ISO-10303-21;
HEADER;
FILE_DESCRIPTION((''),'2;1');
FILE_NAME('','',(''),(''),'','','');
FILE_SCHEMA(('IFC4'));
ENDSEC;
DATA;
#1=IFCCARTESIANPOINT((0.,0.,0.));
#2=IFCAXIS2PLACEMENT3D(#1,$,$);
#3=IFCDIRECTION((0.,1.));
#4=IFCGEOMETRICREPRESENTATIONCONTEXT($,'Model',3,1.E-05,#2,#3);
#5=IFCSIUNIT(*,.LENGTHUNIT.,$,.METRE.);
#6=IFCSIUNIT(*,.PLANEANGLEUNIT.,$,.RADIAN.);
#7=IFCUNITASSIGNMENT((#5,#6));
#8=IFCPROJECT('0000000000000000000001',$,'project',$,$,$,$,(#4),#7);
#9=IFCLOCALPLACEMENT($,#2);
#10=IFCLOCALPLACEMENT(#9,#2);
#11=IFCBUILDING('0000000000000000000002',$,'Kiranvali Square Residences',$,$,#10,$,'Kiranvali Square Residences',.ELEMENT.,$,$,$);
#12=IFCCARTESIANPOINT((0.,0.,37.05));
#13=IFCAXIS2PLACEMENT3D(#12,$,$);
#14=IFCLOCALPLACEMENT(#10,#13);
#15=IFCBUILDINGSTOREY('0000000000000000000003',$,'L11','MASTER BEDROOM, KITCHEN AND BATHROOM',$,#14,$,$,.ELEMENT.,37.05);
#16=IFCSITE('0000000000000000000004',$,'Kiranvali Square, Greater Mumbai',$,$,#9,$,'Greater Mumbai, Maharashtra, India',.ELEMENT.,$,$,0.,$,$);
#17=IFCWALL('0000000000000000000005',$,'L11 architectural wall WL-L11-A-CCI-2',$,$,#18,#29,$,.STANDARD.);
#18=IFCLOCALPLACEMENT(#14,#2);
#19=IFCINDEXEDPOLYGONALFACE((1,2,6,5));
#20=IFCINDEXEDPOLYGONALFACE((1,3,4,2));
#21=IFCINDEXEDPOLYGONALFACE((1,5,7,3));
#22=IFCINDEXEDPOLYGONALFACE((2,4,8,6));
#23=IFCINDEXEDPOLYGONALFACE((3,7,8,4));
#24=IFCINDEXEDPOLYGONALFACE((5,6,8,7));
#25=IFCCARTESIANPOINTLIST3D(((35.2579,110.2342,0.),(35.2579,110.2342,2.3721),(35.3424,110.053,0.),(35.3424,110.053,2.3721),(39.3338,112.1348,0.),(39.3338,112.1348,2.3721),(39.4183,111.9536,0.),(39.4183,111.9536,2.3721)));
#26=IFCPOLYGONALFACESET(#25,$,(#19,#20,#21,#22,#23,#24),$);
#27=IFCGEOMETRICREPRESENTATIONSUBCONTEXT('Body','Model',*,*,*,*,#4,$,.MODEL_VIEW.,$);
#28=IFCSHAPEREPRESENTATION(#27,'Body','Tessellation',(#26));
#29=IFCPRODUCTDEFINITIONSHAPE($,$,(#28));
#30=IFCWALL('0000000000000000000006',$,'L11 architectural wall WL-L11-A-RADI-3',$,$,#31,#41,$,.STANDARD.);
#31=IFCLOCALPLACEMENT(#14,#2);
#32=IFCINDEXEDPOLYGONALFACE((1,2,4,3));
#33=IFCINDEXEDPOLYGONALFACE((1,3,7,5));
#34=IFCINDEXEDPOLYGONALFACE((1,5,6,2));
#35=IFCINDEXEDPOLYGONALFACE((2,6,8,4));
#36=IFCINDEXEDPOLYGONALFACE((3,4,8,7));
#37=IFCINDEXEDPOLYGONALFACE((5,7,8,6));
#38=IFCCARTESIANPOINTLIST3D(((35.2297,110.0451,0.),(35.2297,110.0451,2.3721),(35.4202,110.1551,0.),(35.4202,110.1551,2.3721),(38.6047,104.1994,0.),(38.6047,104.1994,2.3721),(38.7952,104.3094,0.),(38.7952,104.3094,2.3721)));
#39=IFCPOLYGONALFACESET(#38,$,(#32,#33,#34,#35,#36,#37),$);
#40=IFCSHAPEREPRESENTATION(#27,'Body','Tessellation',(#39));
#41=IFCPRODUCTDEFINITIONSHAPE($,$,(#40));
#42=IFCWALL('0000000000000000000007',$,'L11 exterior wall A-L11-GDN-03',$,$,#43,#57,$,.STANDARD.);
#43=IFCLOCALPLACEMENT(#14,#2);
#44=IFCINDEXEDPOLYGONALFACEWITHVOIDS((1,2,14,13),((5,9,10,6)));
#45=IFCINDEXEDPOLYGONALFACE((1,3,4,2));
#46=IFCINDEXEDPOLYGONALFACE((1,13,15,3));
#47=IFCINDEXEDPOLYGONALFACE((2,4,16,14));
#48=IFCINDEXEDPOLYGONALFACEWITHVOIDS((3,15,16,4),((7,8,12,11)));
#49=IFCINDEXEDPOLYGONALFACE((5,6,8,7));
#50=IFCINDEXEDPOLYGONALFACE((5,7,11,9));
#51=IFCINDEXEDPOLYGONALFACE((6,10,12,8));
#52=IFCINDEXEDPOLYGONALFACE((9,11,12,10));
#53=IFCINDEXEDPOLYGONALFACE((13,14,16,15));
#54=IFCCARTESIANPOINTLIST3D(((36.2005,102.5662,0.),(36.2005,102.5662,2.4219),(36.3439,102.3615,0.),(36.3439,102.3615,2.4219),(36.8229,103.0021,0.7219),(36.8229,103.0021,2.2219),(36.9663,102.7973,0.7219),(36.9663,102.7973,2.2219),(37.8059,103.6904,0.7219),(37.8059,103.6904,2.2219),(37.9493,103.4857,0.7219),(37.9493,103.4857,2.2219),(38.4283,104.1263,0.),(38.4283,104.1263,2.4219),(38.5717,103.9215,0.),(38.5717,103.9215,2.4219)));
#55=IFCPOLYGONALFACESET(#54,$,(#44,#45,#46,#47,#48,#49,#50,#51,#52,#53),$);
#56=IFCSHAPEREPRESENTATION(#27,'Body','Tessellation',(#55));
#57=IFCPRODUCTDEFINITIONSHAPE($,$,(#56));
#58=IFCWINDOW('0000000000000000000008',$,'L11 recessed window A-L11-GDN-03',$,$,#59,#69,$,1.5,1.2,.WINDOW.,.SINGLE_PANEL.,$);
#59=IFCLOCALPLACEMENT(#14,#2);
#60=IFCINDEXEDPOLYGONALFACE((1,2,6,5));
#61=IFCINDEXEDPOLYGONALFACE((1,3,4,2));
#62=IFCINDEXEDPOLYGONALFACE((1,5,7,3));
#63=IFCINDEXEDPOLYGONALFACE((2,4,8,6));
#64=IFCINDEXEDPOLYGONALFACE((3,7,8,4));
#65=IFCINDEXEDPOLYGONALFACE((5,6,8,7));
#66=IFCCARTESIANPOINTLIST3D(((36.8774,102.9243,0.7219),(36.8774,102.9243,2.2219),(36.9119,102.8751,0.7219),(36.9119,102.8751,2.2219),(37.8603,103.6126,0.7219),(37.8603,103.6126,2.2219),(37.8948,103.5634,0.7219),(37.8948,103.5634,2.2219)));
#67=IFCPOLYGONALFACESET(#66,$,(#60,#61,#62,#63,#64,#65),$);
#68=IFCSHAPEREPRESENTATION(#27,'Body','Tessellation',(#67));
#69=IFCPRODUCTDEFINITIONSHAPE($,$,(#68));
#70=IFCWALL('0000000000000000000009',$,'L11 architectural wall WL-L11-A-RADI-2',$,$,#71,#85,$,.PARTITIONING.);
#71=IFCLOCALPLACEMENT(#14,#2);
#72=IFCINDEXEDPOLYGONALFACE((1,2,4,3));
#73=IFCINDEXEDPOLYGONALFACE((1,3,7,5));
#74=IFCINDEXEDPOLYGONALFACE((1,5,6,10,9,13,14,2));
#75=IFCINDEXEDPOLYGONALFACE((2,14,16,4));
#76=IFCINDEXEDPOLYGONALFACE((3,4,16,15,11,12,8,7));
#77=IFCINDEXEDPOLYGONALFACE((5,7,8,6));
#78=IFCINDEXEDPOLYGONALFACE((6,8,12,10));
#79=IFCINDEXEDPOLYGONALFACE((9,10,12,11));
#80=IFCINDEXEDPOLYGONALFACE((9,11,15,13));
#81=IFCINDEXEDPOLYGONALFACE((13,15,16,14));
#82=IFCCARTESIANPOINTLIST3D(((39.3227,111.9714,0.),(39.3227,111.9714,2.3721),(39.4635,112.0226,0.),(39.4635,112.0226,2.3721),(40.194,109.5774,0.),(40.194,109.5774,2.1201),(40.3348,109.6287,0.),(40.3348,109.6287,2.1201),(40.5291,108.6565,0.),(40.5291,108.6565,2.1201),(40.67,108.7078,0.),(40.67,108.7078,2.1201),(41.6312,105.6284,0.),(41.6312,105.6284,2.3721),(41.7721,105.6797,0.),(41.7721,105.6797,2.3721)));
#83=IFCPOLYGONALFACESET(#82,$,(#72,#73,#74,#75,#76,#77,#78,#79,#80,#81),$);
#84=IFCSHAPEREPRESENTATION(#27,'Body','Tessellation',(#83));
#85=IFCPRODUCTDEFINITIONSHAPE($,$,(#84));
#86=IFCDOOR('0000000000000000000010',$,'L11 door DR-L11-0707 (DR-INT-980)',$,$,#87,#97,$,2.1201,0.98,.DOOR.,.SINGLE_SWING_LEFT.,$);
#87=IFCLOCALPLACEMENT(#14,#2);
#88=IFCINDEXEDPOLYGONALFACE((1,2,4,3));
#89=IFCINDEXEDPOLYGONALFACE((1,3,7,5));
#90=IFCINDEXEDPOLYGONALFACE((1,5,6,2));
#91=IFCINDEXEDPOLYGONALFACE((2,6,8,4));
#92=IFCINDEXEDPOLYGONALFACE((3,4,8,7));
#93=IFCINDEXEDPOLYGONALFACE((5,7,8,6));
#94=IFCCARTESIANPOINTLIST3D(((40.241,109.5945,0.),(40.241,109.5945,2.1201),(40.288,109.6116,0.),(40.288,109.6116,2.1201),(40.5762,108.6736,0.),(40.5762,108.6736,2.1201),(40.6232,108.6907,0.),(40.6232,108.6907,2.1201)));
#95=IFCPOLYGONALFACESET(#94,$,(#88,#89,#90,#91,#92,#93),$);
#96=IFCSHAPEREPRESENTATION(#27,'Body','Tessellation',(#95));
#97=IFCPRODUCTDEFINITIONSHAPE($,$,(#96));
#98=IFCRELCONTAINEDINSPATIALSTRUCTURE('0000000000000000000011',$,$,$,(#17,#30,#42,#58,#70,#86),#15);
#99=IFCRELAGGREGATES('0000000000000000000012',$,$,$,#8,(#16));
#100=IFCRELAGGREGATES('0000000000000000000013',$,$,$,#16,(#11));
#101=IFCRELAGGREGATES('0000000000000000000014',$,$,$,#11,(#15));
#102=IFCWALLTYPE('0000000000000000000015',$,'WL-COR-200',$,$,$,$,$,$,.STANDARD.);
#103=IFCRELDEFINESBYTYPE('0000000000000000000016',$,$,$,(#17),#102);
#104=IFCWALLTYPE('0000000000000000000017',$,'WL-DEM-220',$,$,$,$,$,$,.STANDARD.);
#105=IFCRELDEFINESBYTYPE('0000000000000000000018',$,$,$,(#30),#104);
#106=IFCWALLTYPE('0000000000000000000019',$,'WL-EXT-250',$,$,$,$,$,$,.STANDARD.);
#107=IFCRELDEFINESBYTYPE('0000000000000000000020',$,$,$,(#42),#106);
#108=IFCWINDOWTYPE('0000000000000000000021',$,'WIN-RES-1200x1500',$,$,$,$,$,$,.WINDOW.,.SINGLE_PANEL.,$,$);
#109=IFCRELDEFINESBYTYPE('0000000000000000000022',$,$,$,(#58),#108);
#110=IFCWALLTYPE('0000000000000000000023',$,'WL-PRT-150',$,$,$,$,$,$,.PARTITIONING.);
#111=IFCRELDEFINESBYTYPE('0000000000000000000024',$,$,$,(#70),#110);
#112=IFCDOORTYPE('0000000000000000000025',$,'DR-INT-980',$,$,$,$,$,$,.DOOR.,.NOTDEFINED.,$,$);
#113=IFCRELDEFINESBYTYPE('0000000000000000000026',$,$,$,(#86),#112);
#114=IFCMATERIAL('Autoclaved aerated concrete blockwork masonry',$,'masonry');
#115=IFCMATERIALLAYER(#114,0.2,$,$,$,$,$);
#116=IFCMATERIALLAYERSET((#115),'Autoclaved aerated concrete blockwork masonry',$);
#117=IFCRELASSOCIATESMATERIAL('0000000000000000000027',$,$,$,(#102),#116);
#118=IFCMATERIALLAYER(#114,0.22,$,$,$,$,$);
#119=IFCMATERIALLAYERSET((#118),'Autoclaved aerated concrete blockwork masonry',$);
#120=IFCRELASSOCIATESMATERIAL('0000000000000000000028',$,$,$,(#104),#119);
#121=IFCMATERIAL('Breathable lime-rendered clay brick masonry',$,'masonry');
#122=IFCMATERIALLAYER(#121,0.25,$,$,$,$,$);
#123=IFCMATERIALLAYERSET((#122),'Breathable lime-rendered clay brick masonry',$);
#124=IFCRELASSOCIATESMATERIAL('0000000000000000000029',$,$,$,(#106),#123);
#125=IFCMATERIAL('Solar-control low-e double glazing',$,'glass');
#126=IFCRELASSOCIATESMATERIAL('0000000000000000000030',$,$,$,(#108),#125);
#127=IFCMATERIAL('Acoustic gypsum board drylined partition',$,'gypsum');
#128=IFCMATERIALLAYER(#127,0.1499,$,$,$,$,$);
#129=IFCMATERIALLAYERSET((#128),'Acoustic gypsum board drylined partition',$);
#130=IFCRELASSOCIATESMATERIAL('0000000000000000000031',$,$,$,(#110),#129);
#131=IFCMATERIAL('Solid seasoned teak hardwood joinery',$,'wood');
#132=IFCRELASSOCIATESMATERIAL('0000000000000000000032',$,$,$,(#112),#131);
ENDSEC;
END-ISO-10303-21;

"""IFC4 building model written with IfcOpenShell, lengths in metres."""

from ifc_helpers import new_model, si_unit, direction, frame, frame_2d, origin, place, context, subcontext, project, spatial, rectangle, extrude, material, layer, layer_set, type_object, element, fill, save


model = new_model("IFC4")

# Units and contexts
model_context = context("Model", 3, precision=1e-05, world=origin(), true_north=direction((0.0, 1.0)))
body_context = subcontext(model_context, "Body", "Model", "MODEL_VIEW")
ifc_project = project(units=[si_unit("LENGTHUNIT", "METRE"), si_unit("PLANEANGLEUNIT", "RADIAN")], contexts=[model_context])

# Site, building, storey
site_placement = place(None, origin())
site = spatial("IfcSite", under=ifc_project, at=site_placement, Name="Kiranvali Square, Greater Mumbai", LongName="Greater Mumbai, Maharashtra, India", CompositionType="ELEMENT", RefElevation=0.0)
building_placement = place(site_placement, origin())
building = spatial("IfcBuilding", under=site, at=building_placement, Name="Kiranvali Square Residences", LongName="Kiranvali Square Residences", CompositionType="ELEMENT")
storey_placement = place(building_placement, frame((0.0, 0.0, 37.05)))
storey = spatial("IfcBuildingStorey", under=building, at=storey_placement, Name="L11", Description="MASTER BEDROOM, KITCHEN AND BATHROOM", CompositionType="ELEMENT", Elevation=37.05)

# Walls
ifc_material_1 = material(Name="Autoclaved aerated concrete blockwork masonry", Category="masonry")
ifc_layer_1 = layer(ifc_material_1, 0.2)
ifc_layer_set_1 = layer_set([ifc_layer_1], Name="Autoclaved aerated concrete blockwork masonry")
wall_type_1 = type_object("IfcWallType", Name="WL-COR-200", PredefinedType="STANDARD", material=ifc_layer_set_1)
wall_1_placement = place(storey_placement, frame((39.376, 112.0442, 0.0), z_axis=(0.0, 0.0, 1.0), x_axis=(-0.906308, -0.422618, 0.0)))
element("IfcWall", 1, at=wall_1_placement, inside=storey, type_object=wall_type_1, Name="L11 architectural wall WL-L11-A-CCI-2", PredefinedType="STANDARD", context=body_context, shape_type="SweptSolid", body=[
    extrude(rectangle(XDim=4.4973, YDim=0.2, at=frame_2d((2.2485, 0.0))), origin(), (0.0, 0.0, 1.0), 2.3721),
])
ifc_layer_2 = layer(ifc_material_1, 0.22)
ifc_layer_set_2 = layer_set([ifc_layer_2], Name="Autoclaved aerated concrete blockwork masonry")
wall_type_2 = type_object("IfcWallType", Name="WL-DEM-220", PredefinedType="STANDARD", material=ifc_layer_set_2)
wall_2_placement = place(storey_placement, frame((38.7, 104.2544, 0.0), z_axis=(0.0, 0.0, 1.0), x_axis=(-0.499998, 0.866027, 0.0)))
element("IfcWall", 2, at=wall_2_placement, inside=storey, type_object=wall_type_2, Name="L11 architectural wall WL-L11-A-RADI-3", PredefinedType="STANDARD", context=body_context, shape_type="SweptSolid", body=[
    extrude(rectangle(XDim=6.75, YDim=0.22, at=frame_2d((3.375, 0.0))), origin(), (0.0, 0.0, 1.0), 2.3721),
])

# Shared definitions
ifc_material_2 = material(Name="Breathable lime-rendered clay brick masonry", Category="masonry")
ifc_layer_3 = layer(ifc_material_2, 0.25)
ifc_layer_set_3 = layer_set([ifc_layer_3], Name="Breathable lime-rendered clay brick masonry")
wall_type_3 = type_object("IfcWallType", Name="WL-EXT-250", PredefinedType="STANDARD", material=ifc_layer_set_3)

# Wall, opening, window
wall_3_placement = place(storey_placement, frame((38.5, 104.0239, 0.0), z_axis=(0.0, 0.0, 1.0), x_axis=(-0.819126, -0.573613, 0.0)))
wall_3 = element("IfcWall", 3, at=wall_3_placement, inside=storey, type_object=wall_type_3, Name="L11 exterior wall A-L11-GDN-03", PredefinedType="STANDARD", context=body_context, shape_type="SweptSolid", body=[
    extrude(rectangle(XDim=2.7197, YDim=0.25, at=frame_2d((1.3599, 0.0))), origin(), (0.0, 0.0, 1.0), 2.4219),
])
opening_1_placement = place(wall_3_placement, frame((0.7598, 0.0, 0.7219)))
opening_1 = element("IfcOpeningElement", 4, at=opening_1_placement, cuts=wall_3, PredefinedType="OPENING", context=body_context, shape_type="SweptSolid", body=[
    extrude(rectangle(XDim=1.2, YDim=1.5, at=frame_2d((0.6001, 0.75))), frame((0.0, 0.135, 0.0), z_axis=(0.0, -1.0, 0.0), x_axis=(1.0, 0.0, 0.0)), (0.0, 0.0, 1.0), 0.27),
])
ifc_material_3 = material(Name="Solar-control low-e double glazing", Category="glass")
window_type = type_object("IfcWindowType", Name="WIN-RES-1200x1500", PartitioningType="SINGLE_PANEL", PredefinedType="WINDOW", material=ifc_material_3)
window_placement = place(opening_1_placement, origin())
window = element("IfcWindow", 5, at=window_placement, inside=storey, type_object=window_type, Name="L11 recessed window A-L11-GDN-03", OverallHeight=1.5, OverallWidth=1.2, PartitioningType="SINGLE_PANEL", PredefinedType="WINDOW", context=body_context, shape_type="SweptSolid", body=[
    extrude(rectangle(XDim=1.2, YDim=1.5, at=frame_2d((0.6001, 0.75))), frame((0.0, 0.03, 0.0), z_axis=(0.0, -1.0, 0.0), x_axis=(1.0, 0.0, 0.0)), (0.0, 0.0, 1.0), 0.0601),
])
fill(opening_1, window)

# Wall, opening, door
ifc_material_4 = material(Name="Acoustic gypsum board drylined partition", Category="gypsum")
ifc_layer_4 = layer(ifc_material_4, 0.1499)
ifc_layer_set_4 = layer_set([ifc_layer_4], Name="Acoustic gypsum board drylined partition")
wall_type_4 = type_object("IfcWallType", Name="WL-PRT-150", PredefinedType="PARTITIONING", material=ifc_layer_set_4)
wall_4_placement = place(storey_placement, frame((41.7017, 105.6541, 0.0), z_axis=(0.0, 0.0, 1.0), x_axis=(-0.34201, 0.939696, 0.0)))
wall_4 = element("IfcWall", 6, at=wall_4_placement, inside=storey, type_object=wall_type_4, Name="L11 architectural wall WL-L11-A-RADI-2", PredefinedType="PARTITIONING", context=body_context, shape_type="SweptSolid", body=[
    extrude(rectangle(XDim=6.75, YDim=0.1499, at=frame_2d((3.375, 0.0))), origin(), (0.0, 0.0, 1.0), 2.3721),
])
opening_2_placement = place(wall_4_placement, frame((3.2224, 0.0, 0.0)))
opening_2 = element("IfcOpeningElement", 7, at=opening_2_placement, cuts=wall_4, PredefinedType="OPENING", context=body_context, shape_type="SweptSolid", body=[
    extrude(rectangle(XDim=0.98, YDim=2.1201, at=frame_2d((0.49, 1.0601))), frame((0.0, 0.085, 0.0), z_axis=(0.0, -1.0, 0.0), x_axis=(1.0, 0.0, 0.0)), (0.0, 0.0, 1.0), 0.1699),
])
ifc_material_5 = material(Name="Solid seasoned teak hardwood joinery", Category="wood")
door_type_1 = type_object("IfcDoorType", Name="DR-INT-980", OperationType="NOTDEFINED", PredefinedType="DOOR", material=ifc_material_5)
door_1_placement = place(opening_2_placement, origin())
door_1 = element("IfcDoor", 8, at=door_1_placement, inside=storey, type_object=door_type_1, Name="L11 door DR-L11-0707 (DR-INT-980)", OperationType="SINGLE_SWING_LEFT", OverallHeight=2.1201, OverallWidth=0.98, PredefinedType="DOOR", context=body_context, shape_type="SweptSolid", body=[
    extrude(rectangle(XDim=0.98, YDim=2.1201, at=frame_2d((0.49, 1.0601))), frame((0.0, 0.0249, 0.0), z_axis=(0.0, -1.0, 0.0), x_axis=(1.0, 0.0, 0.0)), (0.0, 0.0, 1.0), 0.05),
])
fill(opening_2, door_1)

save(model, "model.ifc")
